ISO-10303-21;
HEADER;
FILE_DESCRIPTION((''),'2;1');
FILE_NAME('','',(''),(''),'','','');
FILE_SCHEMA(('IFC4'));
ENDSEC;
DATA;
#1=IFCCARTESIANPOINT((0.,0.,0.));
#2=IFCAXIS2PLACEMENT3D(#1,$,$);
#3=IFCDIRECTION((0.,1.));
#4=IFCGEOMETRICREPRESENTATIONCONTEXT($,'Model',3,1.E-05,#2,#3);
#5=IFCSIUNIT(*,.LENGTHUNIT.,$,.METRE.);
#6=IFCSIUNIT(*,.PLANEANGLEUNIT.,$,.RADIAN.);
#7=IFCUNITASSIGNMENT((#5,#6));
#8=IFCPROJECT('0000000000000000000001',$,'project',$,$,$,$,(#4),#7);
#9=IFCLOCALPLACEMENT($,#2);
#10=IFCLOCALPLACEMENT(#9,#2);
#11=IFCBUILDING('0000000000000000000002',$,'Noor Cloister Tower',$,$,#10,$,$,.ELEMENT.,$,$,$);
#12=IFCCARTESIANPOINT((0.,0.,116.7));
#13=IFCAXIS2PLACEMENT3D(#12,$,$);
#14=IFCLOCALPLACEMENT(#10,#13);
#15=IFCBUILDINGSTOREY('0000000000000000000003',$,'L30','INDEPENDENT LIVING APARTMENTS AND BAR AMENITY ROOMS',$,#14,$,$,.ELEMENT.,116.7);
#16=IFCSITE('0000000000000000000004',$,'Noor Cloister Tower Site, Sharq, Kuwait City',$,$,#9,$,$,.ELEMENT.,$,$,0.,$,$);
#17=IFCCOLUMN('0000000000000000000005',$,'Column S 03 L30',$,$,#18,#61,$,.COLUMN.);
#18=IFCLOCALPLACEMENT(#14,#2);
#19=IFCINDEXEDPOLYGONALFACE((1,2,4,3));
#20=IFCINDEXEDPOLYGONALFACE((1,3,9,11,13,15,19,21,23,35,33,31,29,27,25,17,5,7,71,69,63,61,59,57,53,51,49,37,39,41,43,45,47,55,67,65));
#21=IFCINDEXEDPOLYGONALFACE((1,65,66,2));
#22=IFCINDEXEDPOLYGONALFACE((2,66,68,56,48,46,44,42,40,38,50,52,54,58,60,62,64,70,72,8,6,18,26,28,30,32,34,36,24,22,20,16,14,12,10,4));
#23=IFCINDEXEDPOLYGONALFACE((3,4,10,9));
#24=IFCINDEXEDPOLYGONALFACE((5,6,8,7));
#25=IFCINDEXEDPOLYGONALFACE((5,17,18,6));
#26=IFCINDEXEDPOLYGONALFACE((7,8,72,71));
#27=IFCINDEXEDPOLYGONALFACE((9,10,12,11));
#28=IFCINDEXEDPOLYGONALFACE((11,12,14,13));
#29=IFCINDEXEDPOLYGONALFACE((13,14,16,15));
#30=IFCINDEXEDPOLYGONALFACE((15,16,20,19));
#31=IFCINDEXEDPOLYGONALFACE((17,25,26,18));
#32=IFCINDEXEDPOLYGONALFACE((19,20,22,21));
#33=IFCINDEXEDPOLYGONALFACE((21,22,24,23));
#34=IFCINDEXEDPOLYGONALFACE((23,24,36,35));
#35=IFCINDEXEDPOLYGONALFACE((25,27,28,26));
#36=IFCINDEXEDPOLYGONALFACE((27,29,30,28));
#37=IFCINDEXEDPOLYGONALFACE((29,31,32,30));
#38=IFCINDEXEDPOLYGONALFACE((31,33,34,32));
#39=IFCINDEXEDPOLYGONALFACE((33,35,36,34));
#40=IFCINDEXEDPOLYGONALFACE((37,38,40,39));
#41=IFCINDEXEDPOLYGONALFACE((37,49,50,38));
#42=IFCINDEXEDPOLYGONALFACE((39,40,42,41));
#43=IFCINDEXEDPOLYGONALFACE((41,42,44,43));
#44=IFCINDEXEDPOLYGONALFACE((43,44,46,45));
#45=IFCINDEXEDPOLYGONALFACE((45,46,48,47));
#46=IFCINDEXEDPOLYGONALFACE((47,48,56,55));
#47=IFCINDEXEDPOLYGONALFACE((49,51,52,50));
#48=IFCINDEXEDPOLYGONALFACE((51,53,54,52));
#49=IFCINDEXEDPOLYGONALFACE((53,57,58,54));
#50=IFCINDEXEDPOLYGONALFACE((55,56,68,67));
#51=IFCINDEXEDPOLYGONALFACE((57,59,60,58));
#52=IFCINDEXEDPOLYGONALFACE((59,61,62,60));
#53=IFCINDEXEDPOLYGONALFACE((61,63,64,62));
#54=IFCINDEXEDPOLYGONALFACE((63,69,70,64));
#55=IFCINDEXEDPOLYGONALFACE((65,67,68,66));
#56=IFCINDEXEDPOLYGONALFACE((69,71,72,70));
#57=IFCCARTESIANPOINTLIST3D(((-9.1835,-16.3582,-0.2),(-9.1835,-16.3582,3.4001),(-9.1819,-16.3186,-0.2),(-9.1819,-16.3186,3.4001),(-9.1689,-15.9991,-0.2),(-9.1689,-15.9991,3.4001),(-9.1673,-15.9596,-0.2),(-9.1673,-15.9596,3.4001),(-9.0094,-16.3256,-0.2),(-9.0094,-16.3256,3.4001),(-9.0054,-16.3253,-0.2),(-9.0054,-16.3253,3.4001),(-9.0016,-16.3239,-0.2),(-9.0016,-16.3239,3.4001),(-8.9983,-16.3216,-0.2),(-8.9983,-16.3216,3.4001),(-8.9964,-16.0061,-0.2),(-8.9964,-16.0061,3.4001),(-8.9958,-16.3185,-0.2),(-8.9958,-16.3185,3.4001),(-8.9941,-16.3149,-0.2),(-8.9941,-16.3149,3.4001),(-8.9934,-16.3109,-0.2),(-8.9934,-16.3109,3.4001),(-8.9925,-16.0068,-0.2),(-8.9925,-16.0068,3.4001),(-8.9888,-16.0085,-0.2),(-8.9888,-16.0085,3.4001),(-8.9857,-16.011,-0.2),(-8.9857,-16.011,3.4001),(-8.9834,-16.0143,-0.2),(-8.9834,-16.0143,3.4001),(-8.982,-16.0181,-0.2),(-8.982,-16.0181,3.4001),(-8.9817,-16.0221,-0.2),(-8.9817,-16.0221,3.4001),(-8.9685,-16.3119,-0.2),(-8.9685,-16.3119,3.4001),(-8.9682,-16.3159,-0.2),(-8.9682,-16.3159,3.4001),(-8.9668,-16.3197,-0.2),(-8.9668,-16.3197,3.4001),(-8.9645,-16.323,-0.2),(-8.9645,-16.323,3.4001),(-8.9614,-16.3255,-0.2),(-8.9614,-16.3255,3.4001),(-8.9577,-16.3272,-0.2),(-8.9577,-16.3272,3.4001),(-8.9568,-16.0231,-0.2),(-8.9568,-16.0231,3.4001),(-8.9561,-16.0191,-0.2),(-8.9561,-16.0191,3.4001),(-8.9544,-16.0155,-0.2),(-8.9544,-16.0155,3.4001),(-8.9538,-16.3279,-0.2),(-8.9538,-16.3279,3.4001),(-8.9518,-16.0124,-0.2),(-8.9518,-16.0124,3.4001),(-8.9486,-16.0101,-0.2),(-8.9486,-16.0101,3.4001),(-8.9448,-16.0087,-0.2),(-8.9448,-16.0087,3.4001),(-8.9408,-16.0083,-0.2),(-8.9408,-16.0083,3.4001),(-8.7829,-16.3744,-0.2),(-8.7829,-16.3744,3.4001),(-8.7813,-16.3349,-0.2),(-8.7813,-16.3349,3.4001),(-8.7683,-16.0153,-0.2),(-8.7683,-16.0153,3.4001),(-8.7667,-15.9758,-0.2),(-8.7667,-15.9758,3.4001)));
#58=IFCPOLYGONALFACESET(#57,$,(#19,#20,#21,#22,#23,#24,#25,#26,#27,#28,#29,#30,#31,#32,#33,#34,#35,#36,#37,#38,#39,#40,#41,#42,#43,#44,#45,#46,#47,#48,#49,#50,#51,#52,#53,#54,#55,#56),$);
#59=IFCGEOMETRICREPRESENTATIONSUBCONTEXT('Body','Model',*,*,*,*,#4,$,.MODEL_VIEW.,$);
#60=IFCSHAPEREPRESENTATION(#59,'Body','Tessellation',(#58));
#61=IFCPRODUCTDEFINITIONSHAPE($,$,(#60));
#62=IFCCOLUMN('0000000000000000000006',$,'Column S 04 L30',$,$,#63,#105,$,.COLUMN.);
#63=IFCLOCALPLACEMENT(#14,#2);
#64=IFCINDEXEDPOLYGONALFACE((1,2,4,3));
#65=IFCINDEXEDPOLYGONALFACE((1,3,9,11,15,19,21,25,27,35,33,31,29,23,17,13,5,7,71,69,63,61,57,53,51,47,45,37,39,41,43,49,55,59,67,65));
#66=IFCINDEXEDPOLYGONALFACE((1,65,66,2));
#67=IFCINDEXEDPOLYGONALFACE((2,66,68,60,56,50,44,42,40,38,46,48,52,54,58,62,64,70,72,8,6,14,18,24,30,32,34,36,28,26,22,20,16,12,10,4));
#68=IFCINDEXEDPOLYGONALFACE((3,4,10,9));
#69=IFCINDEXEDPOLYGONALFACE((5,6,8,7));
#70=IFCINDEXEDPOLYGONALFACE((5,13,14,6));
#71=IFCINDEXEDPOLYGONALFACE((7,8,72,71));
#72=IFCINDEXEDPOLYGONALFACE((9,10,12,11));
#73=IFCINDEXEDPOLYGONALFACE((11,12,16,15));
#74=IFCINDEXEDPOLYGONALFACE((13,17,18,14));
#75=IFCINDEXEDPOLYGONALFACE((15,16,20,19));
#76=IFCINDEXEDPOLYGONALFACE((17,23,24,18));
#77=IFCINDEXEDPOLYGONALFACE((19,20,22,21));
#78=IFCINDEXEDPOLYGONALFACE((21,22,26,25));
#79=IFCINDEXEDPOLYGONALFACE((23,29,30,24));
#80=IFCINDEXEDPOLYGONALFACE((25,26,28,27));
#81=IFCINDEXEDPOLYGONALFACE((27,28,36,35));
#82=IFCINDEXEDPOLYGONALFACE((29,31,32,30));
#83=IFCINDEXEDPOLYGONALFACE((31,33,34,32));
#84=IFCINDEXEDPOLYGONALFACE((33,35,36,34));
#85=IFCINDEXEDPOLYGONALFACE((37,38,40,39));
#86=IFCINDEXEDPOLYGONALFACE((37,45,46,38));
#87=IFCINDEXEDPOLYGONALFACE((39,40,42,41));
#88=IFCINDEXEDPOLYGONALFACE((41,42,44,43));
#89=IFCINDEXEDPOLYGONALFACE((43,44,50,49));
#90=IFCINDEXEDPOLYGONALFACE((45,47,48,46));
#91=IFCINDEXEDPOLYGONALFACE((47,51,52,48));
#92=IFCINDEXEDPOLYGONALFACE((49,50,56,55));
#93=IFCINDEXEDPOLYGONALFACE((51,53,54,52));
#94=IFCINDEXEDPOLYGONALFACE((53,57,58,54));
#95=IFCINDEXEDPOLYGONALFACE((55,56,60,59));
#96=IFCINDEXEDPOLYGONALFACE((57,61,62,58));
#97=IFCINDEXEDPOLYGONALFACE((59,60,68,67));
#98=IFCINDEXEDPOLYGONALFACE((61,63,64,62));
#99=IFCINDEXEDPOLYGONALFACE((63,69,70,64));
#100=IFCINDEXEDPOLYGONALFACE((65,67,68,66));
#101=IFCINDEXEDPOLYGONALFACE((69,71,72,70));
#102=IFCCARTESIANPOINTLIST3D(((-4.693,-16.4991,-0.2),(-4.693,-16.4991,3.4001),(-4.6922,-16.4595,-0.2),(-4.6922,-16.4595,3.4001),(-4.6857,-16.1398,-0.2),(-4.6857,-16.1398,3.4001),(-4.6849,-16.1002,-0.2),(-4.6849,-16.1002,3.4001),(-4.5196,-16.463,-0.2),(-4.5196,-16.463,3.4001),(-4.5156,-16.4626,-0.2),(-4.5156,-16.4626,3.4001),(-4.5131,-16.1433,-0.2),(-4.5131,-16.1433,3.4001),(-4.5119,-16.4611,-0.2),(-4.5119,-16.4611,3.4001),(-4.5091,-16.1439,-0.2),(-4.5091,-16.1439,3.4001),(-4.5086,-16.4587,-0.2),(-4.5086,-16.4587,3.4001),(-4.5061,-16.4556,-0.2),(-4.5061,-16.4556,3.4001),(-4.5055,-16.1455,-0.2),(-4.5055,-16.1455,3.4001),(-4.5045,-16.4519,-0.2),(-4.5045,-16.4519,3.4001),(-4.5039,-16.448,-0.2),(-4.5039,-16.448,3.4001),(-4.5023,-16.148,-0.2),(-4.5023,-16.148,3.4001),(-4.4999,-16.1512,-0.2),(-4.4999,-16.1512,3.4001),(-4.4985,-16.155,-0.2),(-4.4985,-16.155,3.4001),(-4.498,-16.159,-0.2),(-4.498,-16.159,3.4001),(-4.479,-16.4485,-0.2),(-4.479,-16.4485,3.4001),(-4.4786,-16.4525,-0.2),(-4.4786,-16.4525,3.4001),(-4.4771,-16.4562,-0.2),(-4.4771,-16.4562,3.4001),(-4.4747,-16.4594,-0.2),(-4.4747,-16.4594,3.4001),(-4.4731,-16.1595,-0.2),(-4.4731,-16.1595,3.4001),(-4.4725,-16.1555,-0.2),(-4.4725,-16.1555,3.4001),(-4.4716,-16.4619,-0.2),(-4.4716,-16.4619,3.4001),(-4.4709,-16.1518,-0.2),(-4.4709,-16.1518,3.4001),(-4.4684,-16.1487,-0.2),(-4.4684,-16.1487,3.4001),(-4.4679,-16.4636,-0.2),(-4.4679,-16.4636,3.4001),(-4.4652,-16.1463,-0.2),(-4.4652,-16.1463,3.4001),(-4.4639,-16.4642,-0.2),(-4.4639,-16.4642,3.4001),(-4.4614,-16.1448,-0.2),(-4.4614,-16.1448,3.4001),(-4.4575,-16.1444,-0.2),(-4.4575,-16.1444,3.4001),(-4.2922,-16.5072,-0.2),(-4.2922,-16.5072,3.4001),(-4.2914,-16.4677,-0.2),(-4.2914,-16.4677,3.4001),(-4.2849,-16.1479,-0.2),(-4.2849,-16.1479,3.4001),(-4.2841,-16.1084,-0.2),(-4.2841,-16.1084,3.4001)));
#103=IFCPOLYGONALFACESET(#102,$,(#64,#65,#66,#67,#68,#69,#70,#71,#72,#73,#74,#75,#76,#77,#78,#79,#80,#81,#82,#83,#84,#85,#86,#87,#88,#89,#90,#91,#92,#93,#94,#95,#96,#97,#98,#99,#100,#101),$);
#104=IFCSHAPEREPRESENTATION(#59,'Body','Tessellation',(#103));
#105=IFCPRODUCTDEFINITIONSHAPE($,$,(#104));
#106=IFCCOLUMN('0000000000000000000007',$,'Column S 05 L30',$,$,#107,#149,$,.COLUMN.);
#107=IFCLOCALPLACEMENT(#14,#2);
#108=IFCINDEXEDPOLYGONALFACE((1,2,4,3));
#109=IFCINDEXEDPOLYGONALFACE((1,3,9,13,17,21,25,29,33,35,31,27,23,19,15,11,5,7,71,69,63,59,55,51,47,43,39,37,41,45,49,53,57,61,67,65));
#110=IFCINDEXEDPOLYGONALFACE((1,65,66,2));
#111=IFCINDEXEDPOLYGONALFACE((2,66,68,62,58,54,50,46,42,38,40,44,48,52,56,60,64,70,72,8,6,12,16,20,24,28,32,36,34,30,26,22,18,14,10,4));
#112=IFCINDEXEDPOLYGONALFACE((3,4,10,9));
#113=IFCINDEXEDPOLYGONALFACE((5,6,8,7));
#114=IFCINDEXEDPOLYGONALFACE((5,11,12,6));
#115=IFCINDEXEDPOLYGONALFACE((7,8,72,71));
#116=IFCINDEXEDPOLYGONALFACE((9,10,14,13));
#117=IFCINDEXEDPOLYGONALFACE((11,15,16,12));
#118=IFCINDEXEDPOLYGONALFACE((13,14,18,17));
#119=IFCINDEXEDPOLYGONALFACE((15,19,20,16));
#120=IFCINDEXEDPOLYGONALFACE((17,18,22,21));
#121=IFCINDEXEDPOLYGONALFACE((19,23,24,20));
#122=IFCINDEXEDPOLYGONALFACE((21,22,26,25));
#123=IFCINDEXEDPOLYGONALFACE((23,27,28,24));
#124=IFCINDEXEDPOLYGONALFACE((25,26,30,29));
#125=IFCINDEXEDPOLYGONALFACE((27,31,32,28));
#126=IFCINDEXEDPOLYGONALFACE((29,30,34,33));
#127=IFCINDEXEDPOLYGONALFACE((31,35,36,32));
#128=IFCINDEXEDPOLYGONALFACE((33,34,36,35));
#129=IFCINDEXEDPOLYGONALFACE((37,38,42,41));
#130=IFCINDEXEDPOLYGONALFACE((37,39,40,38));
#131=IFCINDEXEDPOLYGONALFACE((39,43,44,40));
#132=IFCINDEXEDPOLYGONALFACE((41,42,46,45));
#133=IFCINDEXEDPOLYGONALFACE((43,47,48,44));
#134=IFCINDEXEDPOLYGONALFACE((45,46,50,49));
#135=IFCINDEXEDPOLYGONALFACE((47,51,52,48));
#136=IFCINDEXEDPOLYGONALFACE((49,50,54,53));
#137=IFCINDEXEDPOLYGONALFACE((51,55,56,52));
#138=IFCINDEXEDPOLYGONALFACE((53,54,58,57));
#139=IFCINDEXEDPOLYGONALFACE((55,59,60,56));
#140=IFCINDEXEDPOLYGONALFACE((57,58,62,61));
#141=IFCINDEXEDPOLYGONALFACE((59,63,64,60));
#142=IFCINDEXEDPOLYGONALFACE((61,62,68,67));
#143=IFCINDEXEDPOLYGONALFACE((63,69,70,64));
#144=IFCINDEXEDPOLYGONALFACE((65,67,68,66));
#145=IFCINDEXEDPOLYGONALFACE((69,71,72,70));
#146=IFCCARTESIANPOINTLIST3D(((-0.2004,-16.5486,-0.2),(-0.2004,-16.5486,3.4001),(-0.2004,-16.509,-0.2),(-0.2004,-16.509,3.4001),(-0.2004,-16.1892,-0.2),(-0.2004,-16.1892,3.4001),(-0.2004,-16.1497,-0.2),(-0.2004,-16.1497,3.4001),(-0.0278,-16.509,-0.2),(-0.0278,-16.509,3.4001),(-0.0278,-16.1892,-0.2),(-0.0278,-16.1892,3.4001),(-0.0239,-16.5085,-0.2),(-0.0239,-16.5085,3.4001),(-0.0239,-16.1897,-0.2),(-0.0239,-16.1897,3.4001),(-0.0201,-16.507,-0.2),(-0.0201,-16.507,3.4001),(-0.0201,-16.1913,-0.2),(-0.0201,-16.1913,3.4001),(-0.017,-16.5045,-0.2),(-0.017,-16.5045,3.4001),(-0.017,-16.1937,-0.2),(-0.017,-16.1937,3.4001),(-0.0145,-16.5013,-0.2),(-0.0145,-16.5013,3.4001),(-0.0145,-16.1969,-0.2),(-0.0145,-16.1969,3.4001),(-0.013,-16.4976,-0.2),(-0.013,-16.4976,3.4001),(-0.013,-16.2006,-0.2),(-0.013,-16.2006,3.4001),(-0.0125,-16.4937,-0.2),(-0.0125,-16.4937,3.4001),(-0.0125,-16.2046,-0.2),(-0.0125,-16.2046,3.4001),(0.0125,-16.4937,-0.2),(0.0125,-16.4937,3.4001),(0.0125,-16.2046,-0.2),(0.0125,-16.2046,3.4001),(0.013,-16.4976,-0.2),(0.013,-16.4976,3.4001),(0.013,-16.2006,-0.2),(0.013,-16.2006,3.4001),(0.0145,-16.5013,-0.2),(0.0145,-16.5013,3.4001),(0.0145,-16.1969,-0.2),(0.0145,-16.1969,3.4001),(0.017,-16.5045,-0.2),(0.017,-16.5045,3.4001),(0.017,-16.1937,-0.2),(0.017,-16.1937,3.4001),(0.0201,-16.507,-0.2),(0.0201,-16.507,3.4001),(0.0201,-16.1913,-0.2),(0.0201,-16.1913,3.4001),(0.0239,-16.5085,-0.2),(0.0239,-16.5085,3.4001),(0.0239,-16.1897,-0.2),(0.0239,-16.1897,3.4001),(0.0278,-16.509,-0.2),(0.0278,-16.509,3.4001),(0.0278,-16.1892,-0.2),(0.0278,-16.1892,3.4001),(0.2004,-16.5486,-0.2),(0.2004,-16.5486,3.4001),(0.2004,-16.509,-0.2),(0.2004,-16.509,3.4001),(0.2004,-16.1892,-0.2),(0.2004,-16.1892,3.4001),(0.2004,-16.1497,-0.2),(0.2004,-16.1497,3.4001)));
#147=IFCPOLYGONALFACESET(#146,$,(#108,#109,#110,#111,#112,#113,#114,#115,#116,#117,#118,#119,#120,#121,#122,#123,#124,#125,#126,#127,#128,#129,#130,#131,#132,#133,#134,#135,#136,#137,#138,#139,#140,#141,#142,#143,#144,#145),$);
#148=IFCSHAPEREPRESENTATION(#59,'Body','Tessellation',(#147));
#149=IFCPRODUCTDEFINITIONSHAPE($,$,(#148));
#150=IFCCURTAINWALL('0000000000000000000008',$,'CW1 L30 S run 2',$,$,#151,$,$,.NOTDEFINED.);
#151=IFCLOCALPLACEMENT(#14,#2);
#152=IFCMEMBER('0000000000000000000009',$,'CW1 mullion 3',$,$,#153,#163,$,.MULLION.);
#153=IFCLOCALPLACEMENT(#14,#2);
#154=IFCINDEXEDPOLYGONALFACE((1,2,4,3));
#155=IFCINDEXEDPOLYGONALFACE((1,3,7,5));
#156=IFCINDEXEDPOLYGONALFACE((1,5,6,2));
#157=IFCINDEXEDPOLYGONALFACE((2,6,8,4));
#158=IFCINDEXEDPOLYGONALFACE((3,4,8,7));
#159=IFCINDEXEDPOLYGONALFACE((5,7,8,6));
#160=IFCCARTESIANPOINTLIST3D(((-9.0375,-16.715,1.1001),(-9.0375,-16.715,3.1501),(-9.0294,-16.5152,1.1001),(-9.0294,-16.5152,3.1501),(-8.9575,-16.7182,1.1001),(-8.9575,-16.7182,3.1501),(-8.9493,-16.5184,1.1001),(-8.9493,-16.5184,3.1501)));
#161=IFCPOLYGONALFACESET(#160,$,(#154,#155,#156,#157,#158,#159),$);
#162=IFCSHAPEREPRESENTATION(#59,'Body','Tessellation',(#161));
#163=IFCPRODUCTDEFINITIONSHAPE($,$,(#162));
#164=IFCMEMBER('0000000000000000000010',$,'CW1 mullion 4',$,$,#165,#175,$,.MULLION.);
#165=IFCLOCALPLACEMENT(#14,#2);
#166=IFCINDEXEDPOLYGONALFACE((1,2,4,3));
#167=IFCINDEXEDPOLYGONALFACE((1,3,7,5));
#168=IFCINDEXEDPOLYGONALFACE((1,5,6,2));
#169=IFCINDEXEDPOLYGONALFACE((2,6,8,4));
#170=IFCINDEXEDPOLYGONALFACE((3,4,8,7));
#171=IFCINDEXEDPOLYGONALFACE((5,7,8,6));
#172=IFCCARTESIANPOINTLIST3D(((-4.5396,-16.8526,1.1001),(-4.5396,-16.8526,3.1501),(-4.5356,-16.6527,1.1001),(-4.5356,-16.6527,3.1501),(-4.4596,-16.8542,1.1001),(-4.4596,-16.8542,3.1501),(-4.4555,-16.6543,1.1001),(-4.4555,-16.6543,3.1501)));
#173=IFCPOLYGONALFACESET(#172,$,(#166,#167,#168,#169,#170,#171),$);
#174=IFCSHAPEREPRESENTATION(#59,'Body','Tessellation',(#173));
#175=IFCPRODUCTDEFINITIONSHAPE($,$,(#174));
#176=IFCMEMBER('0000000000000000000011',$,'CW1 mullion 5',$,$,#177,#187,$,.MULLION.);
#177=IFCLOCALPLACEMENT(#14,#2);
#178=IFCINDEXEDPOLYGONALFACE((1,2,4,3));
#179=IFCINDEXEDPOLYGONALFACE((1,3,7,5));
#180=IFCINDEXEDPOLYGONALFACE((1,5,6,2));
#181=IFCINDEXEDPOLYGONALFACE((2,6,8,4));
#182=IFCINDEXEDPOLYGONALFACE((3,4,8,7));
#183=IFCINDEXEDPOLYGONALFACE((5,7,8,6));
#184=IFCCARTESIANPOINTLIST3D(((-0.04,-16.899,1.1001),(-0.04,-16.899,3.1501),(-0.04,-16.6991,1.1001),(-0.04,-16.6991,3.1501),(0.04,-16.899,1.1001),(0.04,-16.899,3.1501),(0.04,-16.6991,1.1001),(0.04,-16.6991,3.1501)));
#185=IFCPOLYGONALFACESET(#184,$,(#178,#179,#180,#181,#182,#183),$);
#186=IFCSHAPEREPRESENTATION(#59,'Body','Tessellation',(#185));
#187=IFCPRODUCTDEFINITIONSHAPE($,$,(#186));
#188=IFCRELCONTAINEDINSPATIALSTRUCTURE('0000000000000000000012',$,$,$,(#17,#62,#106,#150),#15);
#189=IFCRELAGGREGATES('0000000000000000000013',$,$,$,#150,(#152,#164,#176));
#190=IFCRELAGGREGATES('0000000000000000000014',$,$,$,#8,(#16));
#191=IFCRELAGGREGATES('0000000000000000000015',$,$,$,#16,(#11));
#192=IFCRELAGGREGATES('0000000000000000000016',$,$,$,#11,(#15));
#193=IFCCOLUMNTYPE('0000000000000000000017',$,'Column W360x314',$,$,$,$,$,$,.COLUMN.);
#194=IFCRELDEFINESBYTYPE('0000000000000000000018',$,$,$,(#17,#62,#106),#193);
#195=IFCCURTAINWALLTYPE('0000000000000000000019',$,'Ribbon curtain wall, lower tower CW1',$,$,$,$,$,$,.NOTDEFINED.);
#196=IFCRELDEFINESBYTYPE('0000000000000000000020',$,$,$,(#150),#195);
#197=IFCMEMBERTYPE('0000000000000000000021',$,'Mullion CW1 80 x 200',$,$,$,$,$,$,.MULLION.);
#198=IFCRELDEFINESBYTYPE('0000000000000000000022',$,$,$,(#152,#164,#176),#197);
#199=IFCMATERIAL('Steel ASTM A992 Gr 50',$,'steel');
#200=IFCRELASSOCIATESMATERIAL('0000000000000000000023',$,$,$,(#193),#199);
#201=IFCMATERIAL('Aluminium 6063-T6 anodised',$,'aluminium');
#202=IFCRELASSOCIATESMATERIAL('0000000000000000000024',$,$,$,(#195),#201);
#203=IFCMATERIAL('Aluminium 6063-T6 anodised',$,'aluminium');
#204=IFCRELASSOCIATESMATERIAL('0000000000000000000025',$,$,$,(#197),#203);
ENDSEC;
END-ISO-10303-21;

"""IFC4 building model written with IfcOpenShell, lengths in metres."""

from ifc_helpers import new_model, si_unit, direction, frame, origin, origin_2d, place, context, subcontext, project, spatial, rectangle, i_section, extrude, material, material_profile, profile_set, type_object, element, aggregate, save


model = new_model("IFC4")

# Units and contexts
model_context = context("Model", 3, precision=1e-05, world=origin(), true_north=direction((0.0, 1.0)))
body_context = subcontext(model_context, "Body", "Model", "MODEL_VIEW")
ifc_project = project(units=[si_unit("LENGTHUNIT", "METRE"), si_unit("PLANEANGLEUNIT", "RADIAN")], contexts=[model_context])

# Site, building, storey
site_placement = place(None, origin())
site = spatial("IfcSite", under=ifc_project, at=site_placement, Name="Noor Cloister Tower Site, Sharq, Kuwait City", CompositionType="ELEMENT", RefElevation=0.0)
building_placement = place(site_placement, origin())
building = spatial("IfcBuilding", under=site, at=building_placement, Name="Noor Cloister Tower", CompositionType="ELEMENT")
storey_placement = place(building_placement, frame((0.0, 0.0, 116.7)))
storey = spatial("IfcBuildingStorey", under=building, at=storey_placement, Name="L30", Description="INDEPENDENT LIVING APARTMENTS AND BAR AMENITY ROOMS", CompositionType="ELEMENT", Elevation=116.7)

# Columns
ifc_material_1 = material(Name="Steel ASTM A992 Gr 50", Category="steel")
ifc_material_profile_1 = material_profile(ifc_material_1, i_section(OverallWidth=0.4009, OverallDepth=0.3989, WebThickness=0.0249, FlangeThickness=0.0396, FilletRadius=0.0154, at=origin_2d()), Name="W360x314")
ifc_profile_set_1 = profile_set([ifc_material_profile_1], Name="Steel ASTM A992 Gr 50")
column_type = type_object("IfcColumnType", Name="Column W360x314", PredefinedType="COLUMN", material=ifc_profile_set_1)
for number, where, z_axis, x_axis, name in (
    (1, (-8.9751, -16.167, -0.2), (0.0, 0.0, 1.0), (0.999176, -0.040578, 0.0), "Column S 03 L30"),
    (2, (-4.4885, -16.3037, -0.2), (0.0, 0.0, 1.0), (0.999794, -0.020293, 0.0), "Column S 04 L30"),
    (3, (0.0, -16.3491, -0.2), (0.0, 0.0, 1.0), (1.0, 0.0, 0.0), "Column S 05 L30"),
):
    element("IfcColumn", number, at=place(storey_placement, frame(where, z_axis=z_axis, x_axis=x_axis)), inside=storey, type_object=column_type, Name=name, PredefinedType="COLUMN", context=body_context, shape_type="SweptSolid", body=[
        extrude(i_section(OverallWidth=0.4009, OverallDepth=0.3989, WebThickness=0.0249, FlangeThickness=0.0396, FilletRadius=0.0154, at=origin_2d()), origin(), (0.0, 0.0, 1.0), 3.6001),
    ])

# Curtain wall, members
ifc_material_2 = material(Name="Aluminium 6063-T6 anodised", Category="aluminium")
curtain_wall_type = type_object("IfcCurtainWallType", Name="Ribbon curtain wall, lower tower CW1", PredefinedType="NOTDEFINED", material=ifc_material_2)
curtain_wall_placement = place(storey_placement, origin())
curtain_wall = element("IfcCurtainWall", 4, at=curtain_wall_placement, inside=storey, type_object=curtain_wall_type, Name="CW1 L30 S run 2", PredefinedType="NOTDEFINED")
ifc_material_3 = material(Name="Aluminium 6063-T6 anodised", Category="aluminium")
ifc_material_profile_2 = material_profile(ifc_material_3, rectangle(XDim=0.2, YDim=0.0801, at=origin_2d()), Name="200 x 80 mullion")
ifc_profile_set_2 = profile_set([ifc_material_profile_2], Name="Aluminium 6063-T6 anodised")
member_type = type_object("IfcMemberType", Name="Mullion CW1 80 x 200", PredefinedType="MULLION", material=ifc_profile_set_2)
member_1_placement = place(storey_placement, frame((-8.9934, -16.6167, 1.1001), z_axis=(0.0, 0.0, 1.0), x_axis=(0.040578, 0.999176, 0.0)))
member_1 = element("IfcMember", 5, at=member_1_placement, type_object=member_type, Name="CW1 mullion 3", PredefinedType="MULLION", context=body_context, shape_type="SweptSolid", body=[
    extrude(rectangle(XDim=0.2, YDim=0.0801, at=origin_2d()), origin(), (0.0, 0.0, 1.0), 2.05),
])
member_2_placement = place(storey_placement, frame((-4.4976, -16.7534, 1.1001), z_axis=(0.0, 0.0, 1.0), x_axis=(0.020293, 0.999794, 0.0)))
member_2 = element("IfcMember", 6, at=member_2_placement, type_object=member_type, Name="CW1 mullion 4", PredefinedType="MULLION", context=body_context, shape_type="SweptSolid", body=[
    extrude(rectangle(XDim=0.2, YDim=0.0801, at=origin_2d()), origin(), (0.0, 0.0, 1.0), 2.05),
])
member_3_placement = place(storey_placement, frame((0.0, -16.7991, 1.1001), z_axis=(0.0, 0.0, 1.0), x_axis=(0.0, 1.0, 0.0)))
member_3 = element("IfcMember", 7, at=member_3_placement, type_object=member_type, Name="CW1 mullion 5", PredefinedType="MULLION", context=body_context, shape_type="SweptSolid", body=[
    extrude(rectangle(XDim=0.2, YDim=0.0801, at=origin_2d()), origin(), (0.0, 0.0, 1.0), 2.05),
])

aggregate(curtain_wall, [member_1, member_2, member_3])

save(model, "model.ifc")
